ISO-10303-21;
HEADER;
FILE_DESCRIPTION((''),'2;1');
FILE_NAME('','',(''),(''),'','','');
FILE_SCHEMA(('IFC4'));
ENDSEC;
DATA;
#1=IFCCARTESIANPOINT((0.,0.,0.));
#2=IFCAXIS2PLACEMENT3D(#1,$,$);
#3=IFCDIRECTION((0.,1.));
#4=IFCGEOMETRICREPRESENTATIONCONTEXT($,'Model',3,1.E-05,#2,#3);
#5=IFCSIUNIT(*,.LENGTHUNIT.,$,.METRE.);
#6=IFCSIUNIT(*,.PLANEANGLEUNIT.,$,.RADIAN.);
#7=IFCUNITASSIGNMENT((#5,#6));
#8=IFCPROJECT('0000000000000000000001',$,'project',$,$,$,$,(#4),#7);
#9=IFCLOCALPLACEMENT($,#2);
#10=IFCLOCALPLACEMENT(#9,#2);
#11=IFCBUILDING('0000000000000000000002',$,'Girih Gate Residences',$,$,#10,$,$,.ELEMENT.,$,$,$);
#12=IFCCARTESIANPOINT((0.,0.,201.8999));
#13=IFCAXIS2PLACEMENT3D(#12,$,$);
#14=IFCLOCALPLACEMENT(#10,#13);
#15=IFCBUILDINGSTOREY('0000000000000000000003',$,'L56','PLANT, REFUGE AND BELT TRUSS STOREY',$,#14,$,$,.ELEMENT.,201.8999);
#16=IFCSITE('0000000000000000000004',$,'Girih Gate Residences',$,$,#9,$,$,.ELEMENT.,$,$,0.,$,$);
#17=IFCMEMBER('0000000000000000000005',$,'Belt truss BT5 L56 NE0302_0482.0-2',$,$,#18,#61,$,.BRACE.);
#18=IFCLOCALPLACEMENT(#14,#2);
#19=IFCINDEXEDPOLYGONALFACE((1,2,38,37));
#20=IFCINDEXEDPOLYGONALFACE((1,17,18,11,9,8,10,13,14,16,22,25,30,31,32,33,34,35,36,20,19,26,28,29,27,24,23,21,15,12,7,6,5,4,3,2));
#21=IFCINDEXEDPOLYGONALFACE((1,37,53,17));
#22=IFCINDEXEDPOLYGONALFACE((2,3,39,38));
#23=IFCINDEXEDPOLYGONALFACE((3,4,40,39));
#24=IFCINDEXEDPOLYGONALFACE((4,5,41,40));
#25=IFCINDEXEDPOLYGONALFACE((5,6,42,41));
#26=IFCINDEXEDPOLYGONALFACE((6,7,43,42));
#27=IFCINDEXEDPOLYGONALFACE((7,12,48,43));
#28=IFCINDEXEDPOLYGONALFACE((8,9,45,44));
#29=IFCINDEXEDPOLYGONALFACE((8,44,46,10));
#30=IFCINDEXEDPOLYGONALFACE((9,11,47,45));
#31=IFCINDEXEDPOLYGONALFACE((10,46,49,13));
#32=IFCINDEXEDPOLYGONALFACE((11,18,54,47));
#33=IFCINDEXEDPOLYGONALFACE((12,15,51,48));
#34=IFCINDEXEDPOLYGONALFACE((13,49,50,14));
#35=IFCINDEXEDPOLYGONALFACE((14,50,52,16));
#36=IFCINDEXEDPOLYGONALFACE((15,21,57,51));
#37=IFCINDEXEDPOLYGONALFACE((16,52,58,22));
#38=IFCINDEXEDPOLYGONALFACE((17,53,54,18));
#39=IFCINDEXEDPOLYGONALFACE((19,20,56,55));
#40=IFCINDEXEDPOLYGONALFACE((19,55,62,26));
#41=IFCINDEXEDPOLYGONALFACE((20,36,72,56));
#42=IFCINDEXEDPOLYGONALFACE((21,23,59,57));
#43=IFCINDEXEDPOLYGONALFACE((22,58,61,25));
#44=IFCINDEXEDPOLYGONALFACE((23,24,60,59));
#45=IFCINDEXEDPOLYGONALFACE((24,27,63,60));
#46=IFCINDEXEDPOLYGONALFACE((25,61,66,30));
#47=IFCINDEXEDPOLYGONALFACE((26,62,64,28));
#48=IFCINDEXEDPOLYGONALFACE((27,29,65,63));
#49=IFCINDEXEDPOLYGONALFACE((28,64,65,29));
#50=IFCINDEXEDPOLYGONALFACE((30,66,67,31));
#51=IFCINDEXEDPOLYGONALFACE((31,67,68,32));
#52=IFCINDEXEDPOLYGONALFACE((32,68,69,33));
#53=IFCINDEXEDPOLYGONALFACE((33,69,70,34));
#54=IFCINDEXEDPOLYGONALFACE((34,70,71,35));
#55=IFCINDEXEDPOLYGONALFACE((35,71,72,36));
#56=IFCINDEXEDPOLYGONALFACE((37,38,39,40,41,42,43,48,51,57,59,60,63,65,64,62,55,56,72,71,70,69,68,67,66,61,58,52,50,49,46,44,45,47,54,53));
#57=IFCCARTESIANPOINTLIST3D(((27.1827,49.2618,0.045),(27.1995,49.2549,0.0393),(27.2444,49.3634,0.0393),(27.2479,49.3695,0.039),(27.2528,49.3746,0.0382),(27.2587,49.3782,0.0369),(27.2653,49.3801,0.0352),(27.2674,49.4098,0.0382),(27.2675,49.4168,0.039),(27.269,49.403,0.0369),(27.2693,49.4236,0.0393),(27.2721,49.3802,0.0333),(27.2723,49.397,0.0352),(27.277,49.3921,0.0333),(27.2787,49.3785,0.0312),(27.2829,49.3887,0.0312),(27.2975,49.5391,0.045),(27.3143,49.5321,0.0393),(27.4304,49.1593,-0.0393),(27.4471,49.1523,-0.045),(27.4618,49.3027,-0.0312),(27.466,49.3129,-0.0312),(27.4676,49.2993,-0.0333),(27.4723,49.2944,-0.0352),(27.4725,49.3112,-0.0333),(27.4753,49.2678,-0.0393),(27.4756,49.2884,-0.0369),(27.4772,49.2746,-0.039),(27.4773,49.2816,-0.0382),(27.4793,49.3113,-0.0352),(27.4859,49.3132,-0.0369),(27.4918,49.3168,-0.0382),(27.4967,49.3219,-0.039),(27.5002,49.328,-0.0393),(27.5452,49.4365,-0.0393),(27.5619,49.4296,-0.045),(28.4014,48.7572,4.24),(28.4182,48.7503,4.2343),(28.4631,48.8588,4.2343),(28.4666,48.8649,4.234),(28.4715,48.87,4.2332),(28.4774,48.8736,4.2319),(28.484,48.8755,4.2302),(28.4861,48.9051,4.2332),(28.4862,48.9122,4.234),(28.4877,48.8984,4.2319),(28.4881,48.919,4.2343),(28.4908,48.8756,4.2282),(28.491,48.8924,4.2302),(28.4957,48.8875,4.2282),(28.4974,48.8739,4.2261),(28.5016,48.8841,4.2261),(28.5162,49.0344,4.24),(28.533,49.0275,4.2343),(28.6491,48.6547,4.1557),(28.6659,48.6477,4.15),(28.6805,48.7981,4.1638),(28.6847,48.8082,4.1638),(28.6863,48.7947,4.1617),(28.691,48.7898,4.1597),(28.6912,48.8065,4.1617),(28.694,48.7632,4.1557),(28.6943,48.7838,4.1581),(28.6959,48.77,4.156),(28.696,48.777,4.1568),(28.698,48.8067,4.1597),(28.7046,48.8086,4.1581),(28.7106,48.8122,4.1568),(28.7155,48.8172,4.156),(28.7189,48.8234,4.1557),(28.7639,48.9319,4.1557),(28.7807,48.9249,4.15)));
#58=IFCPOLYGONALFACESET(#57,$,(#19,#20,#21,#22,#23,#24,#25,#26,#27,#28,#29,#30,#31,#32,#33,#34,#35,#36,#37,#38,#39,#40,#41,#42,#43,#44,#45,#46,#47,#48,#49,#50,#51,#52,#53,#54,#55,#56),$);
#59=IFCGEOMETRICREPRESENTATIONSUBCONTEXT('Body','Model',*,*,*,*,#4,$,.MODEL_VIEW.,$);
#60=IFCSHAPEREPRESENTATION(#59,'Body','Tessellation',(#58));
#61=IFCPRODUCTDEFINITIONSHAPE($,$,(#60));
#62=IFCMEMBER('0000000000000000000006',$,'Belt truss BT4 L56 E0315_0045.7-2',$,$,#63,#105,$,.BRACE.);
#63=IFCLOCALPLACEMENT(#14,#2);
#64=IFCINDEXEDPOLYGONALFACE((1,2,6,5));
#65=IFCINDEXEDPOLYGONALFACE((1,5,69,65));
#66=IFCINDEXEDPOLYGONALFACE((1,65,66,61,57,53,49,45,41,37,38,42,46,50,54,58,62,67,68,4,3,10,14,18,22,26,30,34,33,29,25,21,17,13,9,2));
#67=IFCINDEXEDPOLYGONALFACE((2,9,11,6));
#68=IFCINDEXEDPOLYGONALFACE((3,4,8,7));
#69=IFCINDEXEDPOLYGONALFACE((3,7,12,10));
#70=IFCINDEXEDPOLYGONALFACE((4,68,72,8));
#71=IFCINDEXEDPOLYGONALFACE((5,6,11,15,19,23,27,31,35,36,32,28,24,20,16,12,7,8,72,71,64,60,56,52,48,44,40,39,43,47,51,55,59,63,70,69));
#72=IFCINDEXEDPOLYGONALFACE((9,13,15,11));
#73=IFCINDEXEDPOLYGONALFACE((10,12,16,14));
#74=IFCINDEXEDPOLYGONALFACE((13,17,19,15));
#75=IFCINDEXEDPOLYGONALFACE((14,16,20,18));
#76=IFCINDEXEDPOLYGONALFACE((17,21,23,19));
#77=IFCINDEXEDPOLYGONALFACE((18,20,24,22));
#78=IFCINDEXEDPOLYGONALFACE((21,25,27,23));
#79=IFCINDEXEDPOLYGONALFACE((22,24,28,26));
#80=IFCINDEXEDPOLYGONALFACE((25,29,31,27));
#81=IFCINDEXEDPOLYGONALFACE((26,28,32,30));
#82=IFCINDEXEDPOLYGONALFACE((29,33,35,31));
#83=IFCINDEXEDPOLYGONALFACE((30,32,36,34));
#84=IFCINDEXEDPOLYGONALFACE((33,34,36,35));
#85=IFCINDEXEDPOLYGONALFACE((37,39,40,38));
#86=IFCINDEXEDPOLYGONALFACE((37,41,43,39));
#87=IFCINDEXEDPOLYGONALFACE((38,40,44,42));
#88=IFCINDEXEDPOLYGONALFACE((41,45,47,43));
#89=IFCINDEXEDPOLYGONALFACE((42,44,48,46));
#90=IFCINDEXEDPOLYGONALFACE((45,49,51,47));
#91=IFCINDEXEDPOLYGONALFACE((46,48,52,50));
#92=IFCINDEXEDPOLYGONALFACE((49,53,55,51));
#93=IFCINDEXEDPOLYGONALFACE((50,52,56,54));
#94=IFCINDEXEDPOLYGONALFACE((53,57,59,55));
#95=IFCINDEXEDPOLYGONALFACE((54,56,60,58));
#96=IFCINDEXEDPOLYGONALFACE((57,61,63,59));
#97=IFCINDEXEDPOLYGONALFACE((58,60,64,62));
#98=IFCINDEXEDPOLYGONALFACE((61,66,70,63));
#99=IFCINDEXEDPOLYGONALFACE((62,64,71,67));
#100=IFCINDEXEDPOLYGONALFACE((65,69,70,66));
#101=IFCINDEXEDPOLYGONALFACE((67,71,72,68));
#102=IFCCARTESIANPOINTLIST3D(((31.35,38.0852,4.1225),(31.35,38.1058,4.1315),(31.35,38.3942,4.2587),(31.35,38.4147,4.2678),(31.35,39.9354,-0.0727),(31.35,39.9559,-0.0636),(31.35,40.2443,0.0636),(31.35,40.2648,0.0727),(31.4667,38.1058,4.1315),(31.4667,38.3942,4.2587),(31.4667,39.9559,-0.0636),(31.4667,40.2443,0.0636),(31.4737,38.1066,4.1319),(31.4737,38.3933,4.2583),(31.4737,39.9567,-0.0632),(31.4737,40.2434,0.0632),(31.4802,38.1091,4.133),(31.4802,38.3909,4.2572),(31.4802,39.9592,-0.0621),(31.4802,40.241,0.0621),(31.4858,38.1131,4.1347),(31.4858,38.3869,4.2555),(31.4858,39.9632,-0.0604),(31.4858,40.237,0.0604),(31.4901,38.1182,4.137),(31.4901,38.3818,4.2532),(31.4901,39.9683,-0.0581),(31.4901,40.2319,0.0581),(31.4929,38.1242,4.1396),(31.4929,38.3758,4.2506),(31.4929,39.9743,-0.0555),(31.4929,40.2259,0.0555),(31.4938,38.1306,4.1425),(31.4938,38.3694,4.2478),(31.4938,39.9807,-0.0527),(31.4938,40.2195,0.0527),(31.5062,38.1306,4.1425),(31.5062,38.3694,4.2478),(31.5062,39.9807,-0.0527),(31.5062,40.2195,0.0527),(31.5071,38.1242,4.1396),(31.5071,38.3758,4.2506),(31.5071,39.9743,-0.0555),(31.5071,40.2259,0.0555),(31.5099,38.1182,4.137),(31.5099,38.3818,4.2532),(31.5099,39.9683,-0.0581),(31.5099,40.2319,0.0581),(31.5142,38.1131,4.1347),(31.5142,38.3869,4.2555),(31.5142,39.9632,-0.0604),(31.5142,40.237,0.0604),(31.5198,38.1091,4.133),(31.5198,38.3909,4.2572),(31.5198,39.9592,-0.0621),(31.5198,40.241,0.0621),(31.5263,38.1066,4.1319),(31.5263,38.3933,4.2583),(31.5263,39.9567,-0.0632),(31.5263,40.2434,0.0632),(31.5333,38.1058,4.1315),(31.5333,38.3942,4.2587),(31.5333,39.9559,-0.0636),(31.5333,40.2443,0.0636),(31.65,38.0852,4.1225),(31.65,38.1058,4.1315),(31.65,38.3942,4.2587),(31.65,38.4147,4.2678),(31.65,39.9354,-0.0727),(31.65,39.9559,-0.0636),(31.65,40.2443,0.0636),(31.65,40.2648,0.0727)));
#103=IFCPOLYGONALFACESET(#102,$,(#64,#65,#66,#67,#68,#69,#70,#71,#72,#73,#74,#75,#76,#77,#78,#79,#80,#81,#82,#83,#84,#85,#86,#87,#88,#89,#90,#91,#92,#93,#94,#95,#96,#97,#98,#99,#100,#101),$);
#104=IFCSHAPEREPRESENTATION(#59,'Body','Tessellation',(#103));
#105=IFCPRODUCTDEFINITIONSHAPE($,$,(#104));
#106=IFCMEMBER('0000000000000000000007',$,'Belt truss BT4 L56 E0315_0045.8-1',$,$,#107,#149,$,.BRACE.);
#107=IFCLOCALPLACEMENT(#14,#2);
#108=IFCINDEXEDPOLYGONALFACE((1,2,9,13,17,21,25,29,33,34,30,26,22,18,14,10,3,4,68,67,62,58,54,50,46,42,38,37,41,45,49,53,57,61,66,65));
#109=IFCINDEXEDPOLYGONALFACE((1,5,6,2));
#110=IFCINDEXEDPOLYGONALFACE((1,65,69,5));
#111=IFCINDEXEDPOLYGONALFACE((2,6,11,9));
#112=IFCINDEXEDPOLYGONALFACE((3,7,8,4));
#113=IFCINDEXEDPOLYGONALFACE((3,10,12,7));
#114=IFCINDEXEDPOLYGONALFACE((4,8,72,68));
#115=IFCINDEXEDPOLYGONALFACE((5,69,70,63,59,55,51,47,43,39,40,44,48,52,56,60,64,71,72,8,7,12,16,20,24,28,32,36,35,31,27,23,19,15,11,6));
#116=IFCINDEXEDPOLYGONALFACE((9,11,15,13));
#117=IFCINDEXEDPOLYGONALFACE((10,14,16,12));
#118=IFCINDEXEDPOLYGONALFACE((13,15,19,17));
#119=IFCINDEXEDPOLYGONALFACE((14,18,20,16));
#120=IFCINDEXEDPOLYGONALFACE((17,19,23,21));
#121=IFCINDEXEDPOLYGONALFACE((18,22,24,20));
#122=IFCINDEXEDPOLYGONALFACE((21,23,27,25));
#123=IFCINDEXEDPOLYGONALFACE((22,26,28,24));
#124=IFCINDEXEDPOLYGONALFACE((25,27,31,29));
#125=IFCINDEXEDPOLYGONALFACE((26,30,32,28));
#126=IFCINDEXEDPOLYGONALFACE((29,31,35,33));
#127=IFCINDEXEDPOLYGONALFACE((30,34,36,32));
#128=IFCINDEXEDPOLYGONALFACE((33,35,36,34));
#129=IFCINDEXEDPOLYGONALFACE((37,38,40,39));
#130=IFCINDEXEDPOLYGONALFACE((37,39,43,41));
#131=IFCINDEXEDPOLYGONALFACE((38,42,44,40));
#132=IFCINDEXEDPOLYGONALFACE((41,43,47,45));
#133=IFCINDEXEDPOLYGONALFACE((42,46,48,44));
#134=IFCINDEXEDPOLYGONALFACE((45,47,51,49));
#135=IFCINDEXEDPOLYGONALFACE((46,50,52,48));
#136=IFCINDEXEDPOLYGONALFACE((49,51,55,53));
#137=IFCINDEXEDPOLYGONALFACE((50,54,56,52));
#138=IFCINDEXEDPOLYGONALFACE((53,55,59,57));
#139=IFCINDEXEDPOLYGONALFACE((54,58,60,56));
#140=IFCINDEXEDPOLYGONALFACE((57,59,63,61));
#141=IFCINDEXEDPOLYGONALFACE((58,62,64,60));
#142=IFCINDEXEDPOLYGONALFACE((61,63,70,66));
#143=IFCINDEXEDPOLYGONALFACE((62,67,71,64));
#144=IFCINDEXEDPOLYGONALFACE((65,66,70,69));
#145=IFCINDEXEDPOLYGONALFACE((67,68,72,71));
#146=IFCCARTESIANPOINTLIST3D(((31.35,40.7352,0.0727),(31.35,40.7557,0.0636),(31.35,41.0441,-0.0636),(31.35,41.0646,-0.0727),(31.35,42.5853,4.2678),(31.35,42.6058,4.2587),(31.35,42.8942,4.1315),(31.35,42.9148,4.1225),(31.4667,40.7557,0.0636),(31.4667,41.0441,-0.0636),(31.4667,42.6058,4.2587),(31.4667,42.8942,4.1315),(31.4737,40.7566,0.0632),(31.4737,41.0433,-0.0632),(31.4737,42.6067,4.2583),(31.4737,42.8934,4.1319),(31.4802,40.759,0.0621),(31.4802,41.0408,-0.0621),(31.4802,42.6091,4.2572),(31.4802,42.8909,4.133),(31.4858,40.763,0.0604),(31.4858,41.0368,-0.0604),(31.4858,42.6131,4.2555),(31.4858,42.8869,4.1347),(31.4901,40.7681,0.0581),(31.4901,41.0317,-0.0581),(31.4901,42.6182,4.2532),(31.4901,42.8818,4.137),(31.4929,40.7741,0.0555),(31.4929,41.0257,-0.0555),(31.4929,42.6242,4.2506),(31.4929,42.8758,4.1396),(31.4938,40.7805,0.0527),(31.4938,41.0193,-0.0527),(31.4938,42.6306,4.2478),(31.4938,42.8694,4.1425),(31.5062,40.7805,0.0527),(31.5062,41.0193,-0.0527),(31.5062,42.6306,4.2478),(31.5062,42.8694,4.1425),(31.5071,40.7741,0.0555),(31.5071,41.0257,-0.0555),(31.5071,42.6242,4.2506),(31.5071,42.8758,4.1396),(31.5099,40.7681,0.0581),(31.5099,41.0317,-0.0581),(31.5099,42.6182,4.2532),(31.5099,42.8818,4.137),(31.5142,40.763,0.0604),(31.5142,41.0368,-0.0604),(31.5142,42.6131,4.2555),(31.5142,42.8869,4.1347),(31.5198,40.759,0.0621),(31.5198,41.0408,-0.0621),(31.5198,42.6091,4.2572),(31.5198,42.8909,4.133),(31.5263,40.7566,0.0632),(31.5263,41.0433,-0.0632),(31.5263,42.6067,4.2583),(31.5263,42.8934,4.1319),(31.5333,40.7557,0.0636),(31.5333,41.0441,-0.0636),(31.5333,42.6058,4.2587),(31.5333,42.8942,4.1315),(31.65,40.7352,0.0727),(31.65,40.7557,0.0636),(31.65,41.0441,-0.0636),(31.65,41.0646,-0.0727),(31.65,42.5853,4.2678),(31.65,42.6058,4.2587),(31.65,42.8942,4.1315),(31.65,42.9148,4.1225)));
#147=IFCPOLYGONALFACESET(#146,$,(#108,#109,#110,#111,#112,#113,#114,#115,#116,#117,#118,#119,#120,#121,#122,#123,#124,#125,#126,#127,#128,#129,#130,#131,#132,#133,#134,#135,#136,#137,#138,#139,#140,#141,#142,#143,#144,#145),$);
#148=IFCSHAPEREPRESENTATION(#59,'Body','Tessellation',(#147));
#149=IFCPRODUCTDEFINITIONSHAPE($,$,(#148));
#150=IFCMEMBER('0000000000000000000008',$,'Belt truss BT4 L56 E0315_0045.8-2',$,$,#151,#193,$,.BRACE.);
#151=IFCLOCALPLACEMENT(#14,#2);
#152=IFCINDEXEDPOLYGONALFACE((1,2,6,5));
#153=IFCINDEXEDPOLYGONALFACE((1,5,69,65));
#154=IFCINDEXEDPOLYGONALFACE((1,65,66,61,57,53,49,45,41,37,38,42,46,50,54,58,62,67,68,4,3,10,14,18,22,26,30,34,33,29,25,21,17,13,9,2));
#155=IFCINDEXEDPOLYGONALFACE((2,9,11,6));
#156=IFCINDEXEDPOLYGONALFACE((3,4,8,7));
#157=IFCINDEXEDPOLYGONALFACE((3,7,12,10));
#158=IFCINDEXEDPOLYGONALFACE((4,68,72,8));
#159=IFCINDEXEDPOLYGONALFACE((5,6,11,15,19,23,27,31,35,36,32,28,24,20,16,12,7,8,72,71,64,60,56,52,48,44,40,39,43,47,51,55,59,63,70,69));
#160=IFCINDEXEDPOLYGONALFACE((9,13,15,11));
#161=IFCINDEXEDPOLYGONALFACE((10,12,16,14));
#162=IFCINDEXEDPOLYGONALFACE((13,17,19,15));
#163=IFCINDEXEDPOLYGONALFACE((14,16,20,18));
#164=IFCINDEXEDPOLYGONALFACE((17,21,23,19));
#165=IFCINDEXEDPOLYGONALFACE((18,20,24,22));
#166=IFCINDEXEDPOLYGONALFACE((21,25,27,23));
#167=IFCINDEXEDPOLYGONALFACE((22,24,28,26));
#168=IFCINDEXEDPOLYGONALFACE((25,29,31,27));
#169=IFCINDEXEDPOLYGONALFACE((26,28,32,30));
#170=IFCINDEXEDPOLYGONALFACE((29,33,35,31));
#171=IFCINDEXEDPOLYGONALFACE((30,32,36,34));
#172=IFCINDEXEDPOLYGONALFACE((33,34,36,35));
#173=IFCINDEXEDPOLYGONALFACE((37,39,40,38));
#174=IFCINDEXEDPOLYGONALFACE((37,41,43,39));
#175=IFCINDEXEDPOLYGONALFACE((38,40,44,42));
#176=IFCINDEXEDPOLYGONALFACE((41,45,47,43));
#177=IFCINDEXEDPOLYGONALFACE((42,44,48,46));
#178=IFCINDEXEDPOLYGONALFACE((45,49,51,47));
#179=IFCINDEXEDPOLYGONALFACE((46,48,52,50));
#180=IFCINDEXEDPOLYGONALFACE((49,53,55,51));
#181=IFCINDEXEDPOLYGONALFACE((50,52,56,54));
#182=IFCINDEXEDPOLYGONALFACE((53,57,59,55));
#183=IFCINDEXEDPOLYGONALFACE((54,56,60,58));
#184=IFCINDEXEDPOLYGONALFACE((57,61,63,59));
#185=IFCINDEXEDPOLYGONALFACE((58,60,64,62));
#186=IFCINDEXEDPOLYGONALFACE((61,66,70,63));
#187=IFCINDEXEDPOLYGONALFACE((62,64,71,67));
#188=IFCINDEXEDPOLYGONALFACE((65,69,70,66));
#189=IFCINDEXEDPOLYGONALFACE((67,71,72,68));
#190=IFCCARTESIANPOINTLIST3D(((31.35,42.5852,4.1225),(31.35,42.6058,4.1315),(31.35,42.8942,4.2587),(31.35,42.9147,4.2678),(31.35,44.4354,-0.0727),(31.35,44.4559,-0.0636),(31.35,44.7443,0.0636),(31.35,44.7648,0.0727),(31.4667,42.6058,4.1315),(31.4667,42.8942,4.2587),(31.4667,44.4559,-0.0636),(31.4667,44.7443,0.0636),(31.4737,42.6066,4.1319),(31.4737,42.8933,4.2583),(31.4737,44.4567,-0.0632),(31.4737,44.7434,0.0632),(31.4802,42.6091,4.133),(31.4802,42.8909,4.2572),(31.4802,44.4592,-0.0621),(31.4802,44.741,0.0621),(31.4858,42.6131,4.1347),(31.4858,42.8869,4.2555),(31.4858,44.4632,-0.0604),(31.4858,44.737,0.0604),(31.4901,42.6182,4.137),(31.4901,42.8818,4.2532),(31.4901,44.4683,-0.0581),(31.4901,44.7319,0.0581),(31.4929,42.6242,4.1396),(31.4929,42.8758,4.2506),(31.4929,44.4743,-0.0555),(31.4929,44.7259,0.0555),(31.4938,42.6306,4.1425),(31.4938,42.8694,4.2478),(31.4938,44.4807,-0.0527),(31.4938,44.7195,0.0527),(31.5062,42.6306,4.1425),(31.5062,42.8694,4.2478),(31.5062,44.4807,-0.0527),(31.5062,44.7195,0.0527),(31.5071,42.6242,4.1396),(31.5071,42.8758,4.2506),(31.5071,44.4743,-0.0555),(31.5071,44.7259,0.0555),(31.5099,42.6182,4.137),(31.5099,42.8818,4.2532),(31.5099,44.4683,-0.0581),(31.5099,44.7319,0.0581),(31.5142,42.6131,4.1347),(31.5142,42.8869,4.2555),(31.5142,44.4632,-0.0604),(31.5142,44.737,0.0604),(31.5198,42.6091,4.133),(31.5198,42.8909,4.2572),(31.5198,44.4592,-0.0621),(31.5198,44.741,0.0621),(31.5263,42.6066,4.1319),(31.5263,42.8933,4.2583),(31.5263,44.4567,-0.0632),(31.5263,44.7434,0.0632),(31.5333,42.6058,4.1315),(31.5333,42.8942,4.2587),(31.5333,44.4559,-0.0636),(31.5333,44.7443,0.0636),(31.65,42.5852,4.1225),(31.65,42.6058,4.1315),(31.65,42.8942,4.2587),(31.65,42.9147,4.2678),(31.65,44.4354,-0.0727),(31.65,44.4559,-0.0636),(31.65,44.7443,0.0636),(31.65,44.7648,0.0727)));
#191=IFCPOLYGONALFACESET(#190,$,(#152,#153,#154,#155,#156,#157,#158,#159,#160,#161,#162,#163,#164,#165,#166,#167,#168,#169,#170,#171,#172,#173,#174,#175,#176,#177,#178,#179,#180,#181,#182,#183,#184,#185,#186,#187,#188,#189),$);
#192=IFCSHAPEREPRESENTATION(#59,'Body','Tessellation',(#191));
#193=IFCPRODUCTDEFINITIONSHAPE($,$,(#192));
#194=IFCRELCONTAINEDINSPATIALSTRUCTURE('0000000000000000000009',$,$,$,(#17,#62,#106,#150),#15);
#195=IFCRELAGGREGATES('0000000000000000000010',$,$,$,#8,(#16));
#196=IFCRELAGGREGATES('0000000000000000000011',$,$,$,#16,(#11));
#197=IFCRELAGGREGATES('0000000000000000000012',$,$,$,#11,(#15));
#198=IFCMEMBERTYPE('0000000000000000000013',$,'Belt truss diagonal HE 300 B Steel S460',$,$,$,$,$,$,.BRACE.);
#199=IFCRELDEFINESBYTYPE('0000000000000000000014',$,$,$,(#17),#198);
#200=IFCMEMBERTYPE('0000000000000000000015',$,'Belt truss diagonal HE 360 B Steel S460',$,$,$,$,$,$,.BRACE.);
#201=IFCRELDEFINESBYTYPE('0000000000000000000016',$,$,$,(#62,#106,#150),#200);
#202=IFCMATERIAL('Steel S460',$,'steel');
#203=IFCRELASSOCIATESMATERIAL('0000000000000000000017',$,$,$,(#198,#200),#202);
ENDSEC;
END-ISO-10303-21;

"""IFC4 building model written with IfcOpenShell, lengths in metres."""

from ifc_helpers import new_model, si_unit, direction, frame, origin, origin_2d, place, context, subcontext, project, spatial, i_section, extrude, material, material_profile, profile_set, type_object, element, save


model = new_model("IFC4")

# Units and contexts
model_context = context("Model", 3, precision=1e-05, world=origin(), true_north=direction((0.0, 1.0)))
body_context = subcontext(model_context, "Body", "Model", "MODEL_VIEW")
ifc_project = project(units=[si_unit("LENGTHUNIT", "METRE"), si_unit("PLANEANGLEUNIT", "RADIAN")], contexts=[model_context])

# Site, building, storey
site_placement = place(None, origin())
site = spatial("IfcSite", under=ifc_project, at=site_placement, Name="Girih Gate Residences", CompositionType="ELEMENT", RefElevation=0.0)
building_placement = place(site_placement, origin())
building = spatial("IfcBuilding", under=site, at=building_placement, Name="Girih Gate Residences", CompositionType="ELEMENT")
storey_placement = place(building_placement, frame((0.0, 0.0, 201.8999)))
storey = spatial("IfcBuildingStorey", under=building, at=storey_placement, Name="L56", Description="PLANT, REFUGE AND BELT TRUSS STOREY", CompositionType="ELEMENT", Elevation=201.8999)

# Members
ifc_material_1 = material(Name="Steel S460", Category="steel")
ifc_material_profile_1 = material_profile(ifc_material_1, i_section(OverallWidth=0.3, OverallDepth=0.3, WebThickness=0.011, FlangeThickness=0.019, FilletRadius=0.0271, at=origin_2d()))
ifc_profile_set_1 = profile_set([ifc_material_profile_1], Name="Steel S460")
member_type_1 = type_object("IfcMemberType", Name="Belt truss diagonal HE 300 B Steel S460", PredefinedType="BRACE", material=ifc_profile_set_1)
member_1_placement = place(storey_placement, frame((27.3723, 49.3457, 0.0), z_axis=(0.277142, -0.114754, 0.953952), x_axis=(0.382564, 0.923929, 0.0)))
element("IfcMember", 1, at=member_1_placement, inside=storey, type_object=member_type_1, Name="Belt truss BT5 L56 NE0302_0482.0-2", PredefinedType="BRACE", context=body_context, shape_type="SweptSolid", body=[
    extrude(i_section(OverallWidth=0.3, OverallDepth=0.3, WebThickness=0.011, FlangeThickness=0.019, FilletRadius=0.0271, at=origin_2d()), origin(), (0.0, 0.0, 1.0), 4.3975),
])
ifc_material_profile_2 = material_profile(ifc_material_1, i_section(OverallWidth=0.3, OverallDepth=0.3601, WebThickness=0.0125, FlangeThickness=0.0225, FilletRadius=0.0271, at=origin_2d()))
ifc_profile_set_2 = profile_set([ifc_material_profile_2], Name="Steel S460")
member_type_2 = type_object("IfcMemberType", Name="Belt truss diagonal HE 360 B Steel S460", PredefinedType="BRACE", material=ifc_profile_set_2)
for number, where, z_axis, x_axis, name in (
    (2, (31.5, 40.1001, 0.0), (0.0, -0.403518, 0.914972), (1.0, 0.0, 0.0), "Belt truss BT4 L56 E0315_0045.7-2"),
    (3, (31.5, 40.8999, 0.0), (0.0, 0.403518, 0.914972), (-1.0, 0.0, 0.0), "Belt truss BT4 L56 E0315_0045.8-1"),
    (4, (31.5, 44.6001, 0.0), (0.0, -0.403518, 0.914972), (1.0, 0.0, 0.0), "Belt truss BT4 L56 E0315_0045.8-2"),
):
    element("IfcMember", number, at=place(storey_placement, frame(where, z_axis=z_axis, x_axis=x_axis)), inside=storey, type_object=member_type_2, Name=name, PredefinedType="BRACE", context=body_context, shape_type="SweptSolid", body=[
        extrude(i_section(OverallWidth=0.3, OverallDepth=0.3601, WebThickness=0.0125, FlangeThickness=0.0225, FilletRadius=0.0271, at=origin_2d()), origin(), (0.0, 0.0, 1.0), 4.585),
    ])

save(model, "model.ifc")
